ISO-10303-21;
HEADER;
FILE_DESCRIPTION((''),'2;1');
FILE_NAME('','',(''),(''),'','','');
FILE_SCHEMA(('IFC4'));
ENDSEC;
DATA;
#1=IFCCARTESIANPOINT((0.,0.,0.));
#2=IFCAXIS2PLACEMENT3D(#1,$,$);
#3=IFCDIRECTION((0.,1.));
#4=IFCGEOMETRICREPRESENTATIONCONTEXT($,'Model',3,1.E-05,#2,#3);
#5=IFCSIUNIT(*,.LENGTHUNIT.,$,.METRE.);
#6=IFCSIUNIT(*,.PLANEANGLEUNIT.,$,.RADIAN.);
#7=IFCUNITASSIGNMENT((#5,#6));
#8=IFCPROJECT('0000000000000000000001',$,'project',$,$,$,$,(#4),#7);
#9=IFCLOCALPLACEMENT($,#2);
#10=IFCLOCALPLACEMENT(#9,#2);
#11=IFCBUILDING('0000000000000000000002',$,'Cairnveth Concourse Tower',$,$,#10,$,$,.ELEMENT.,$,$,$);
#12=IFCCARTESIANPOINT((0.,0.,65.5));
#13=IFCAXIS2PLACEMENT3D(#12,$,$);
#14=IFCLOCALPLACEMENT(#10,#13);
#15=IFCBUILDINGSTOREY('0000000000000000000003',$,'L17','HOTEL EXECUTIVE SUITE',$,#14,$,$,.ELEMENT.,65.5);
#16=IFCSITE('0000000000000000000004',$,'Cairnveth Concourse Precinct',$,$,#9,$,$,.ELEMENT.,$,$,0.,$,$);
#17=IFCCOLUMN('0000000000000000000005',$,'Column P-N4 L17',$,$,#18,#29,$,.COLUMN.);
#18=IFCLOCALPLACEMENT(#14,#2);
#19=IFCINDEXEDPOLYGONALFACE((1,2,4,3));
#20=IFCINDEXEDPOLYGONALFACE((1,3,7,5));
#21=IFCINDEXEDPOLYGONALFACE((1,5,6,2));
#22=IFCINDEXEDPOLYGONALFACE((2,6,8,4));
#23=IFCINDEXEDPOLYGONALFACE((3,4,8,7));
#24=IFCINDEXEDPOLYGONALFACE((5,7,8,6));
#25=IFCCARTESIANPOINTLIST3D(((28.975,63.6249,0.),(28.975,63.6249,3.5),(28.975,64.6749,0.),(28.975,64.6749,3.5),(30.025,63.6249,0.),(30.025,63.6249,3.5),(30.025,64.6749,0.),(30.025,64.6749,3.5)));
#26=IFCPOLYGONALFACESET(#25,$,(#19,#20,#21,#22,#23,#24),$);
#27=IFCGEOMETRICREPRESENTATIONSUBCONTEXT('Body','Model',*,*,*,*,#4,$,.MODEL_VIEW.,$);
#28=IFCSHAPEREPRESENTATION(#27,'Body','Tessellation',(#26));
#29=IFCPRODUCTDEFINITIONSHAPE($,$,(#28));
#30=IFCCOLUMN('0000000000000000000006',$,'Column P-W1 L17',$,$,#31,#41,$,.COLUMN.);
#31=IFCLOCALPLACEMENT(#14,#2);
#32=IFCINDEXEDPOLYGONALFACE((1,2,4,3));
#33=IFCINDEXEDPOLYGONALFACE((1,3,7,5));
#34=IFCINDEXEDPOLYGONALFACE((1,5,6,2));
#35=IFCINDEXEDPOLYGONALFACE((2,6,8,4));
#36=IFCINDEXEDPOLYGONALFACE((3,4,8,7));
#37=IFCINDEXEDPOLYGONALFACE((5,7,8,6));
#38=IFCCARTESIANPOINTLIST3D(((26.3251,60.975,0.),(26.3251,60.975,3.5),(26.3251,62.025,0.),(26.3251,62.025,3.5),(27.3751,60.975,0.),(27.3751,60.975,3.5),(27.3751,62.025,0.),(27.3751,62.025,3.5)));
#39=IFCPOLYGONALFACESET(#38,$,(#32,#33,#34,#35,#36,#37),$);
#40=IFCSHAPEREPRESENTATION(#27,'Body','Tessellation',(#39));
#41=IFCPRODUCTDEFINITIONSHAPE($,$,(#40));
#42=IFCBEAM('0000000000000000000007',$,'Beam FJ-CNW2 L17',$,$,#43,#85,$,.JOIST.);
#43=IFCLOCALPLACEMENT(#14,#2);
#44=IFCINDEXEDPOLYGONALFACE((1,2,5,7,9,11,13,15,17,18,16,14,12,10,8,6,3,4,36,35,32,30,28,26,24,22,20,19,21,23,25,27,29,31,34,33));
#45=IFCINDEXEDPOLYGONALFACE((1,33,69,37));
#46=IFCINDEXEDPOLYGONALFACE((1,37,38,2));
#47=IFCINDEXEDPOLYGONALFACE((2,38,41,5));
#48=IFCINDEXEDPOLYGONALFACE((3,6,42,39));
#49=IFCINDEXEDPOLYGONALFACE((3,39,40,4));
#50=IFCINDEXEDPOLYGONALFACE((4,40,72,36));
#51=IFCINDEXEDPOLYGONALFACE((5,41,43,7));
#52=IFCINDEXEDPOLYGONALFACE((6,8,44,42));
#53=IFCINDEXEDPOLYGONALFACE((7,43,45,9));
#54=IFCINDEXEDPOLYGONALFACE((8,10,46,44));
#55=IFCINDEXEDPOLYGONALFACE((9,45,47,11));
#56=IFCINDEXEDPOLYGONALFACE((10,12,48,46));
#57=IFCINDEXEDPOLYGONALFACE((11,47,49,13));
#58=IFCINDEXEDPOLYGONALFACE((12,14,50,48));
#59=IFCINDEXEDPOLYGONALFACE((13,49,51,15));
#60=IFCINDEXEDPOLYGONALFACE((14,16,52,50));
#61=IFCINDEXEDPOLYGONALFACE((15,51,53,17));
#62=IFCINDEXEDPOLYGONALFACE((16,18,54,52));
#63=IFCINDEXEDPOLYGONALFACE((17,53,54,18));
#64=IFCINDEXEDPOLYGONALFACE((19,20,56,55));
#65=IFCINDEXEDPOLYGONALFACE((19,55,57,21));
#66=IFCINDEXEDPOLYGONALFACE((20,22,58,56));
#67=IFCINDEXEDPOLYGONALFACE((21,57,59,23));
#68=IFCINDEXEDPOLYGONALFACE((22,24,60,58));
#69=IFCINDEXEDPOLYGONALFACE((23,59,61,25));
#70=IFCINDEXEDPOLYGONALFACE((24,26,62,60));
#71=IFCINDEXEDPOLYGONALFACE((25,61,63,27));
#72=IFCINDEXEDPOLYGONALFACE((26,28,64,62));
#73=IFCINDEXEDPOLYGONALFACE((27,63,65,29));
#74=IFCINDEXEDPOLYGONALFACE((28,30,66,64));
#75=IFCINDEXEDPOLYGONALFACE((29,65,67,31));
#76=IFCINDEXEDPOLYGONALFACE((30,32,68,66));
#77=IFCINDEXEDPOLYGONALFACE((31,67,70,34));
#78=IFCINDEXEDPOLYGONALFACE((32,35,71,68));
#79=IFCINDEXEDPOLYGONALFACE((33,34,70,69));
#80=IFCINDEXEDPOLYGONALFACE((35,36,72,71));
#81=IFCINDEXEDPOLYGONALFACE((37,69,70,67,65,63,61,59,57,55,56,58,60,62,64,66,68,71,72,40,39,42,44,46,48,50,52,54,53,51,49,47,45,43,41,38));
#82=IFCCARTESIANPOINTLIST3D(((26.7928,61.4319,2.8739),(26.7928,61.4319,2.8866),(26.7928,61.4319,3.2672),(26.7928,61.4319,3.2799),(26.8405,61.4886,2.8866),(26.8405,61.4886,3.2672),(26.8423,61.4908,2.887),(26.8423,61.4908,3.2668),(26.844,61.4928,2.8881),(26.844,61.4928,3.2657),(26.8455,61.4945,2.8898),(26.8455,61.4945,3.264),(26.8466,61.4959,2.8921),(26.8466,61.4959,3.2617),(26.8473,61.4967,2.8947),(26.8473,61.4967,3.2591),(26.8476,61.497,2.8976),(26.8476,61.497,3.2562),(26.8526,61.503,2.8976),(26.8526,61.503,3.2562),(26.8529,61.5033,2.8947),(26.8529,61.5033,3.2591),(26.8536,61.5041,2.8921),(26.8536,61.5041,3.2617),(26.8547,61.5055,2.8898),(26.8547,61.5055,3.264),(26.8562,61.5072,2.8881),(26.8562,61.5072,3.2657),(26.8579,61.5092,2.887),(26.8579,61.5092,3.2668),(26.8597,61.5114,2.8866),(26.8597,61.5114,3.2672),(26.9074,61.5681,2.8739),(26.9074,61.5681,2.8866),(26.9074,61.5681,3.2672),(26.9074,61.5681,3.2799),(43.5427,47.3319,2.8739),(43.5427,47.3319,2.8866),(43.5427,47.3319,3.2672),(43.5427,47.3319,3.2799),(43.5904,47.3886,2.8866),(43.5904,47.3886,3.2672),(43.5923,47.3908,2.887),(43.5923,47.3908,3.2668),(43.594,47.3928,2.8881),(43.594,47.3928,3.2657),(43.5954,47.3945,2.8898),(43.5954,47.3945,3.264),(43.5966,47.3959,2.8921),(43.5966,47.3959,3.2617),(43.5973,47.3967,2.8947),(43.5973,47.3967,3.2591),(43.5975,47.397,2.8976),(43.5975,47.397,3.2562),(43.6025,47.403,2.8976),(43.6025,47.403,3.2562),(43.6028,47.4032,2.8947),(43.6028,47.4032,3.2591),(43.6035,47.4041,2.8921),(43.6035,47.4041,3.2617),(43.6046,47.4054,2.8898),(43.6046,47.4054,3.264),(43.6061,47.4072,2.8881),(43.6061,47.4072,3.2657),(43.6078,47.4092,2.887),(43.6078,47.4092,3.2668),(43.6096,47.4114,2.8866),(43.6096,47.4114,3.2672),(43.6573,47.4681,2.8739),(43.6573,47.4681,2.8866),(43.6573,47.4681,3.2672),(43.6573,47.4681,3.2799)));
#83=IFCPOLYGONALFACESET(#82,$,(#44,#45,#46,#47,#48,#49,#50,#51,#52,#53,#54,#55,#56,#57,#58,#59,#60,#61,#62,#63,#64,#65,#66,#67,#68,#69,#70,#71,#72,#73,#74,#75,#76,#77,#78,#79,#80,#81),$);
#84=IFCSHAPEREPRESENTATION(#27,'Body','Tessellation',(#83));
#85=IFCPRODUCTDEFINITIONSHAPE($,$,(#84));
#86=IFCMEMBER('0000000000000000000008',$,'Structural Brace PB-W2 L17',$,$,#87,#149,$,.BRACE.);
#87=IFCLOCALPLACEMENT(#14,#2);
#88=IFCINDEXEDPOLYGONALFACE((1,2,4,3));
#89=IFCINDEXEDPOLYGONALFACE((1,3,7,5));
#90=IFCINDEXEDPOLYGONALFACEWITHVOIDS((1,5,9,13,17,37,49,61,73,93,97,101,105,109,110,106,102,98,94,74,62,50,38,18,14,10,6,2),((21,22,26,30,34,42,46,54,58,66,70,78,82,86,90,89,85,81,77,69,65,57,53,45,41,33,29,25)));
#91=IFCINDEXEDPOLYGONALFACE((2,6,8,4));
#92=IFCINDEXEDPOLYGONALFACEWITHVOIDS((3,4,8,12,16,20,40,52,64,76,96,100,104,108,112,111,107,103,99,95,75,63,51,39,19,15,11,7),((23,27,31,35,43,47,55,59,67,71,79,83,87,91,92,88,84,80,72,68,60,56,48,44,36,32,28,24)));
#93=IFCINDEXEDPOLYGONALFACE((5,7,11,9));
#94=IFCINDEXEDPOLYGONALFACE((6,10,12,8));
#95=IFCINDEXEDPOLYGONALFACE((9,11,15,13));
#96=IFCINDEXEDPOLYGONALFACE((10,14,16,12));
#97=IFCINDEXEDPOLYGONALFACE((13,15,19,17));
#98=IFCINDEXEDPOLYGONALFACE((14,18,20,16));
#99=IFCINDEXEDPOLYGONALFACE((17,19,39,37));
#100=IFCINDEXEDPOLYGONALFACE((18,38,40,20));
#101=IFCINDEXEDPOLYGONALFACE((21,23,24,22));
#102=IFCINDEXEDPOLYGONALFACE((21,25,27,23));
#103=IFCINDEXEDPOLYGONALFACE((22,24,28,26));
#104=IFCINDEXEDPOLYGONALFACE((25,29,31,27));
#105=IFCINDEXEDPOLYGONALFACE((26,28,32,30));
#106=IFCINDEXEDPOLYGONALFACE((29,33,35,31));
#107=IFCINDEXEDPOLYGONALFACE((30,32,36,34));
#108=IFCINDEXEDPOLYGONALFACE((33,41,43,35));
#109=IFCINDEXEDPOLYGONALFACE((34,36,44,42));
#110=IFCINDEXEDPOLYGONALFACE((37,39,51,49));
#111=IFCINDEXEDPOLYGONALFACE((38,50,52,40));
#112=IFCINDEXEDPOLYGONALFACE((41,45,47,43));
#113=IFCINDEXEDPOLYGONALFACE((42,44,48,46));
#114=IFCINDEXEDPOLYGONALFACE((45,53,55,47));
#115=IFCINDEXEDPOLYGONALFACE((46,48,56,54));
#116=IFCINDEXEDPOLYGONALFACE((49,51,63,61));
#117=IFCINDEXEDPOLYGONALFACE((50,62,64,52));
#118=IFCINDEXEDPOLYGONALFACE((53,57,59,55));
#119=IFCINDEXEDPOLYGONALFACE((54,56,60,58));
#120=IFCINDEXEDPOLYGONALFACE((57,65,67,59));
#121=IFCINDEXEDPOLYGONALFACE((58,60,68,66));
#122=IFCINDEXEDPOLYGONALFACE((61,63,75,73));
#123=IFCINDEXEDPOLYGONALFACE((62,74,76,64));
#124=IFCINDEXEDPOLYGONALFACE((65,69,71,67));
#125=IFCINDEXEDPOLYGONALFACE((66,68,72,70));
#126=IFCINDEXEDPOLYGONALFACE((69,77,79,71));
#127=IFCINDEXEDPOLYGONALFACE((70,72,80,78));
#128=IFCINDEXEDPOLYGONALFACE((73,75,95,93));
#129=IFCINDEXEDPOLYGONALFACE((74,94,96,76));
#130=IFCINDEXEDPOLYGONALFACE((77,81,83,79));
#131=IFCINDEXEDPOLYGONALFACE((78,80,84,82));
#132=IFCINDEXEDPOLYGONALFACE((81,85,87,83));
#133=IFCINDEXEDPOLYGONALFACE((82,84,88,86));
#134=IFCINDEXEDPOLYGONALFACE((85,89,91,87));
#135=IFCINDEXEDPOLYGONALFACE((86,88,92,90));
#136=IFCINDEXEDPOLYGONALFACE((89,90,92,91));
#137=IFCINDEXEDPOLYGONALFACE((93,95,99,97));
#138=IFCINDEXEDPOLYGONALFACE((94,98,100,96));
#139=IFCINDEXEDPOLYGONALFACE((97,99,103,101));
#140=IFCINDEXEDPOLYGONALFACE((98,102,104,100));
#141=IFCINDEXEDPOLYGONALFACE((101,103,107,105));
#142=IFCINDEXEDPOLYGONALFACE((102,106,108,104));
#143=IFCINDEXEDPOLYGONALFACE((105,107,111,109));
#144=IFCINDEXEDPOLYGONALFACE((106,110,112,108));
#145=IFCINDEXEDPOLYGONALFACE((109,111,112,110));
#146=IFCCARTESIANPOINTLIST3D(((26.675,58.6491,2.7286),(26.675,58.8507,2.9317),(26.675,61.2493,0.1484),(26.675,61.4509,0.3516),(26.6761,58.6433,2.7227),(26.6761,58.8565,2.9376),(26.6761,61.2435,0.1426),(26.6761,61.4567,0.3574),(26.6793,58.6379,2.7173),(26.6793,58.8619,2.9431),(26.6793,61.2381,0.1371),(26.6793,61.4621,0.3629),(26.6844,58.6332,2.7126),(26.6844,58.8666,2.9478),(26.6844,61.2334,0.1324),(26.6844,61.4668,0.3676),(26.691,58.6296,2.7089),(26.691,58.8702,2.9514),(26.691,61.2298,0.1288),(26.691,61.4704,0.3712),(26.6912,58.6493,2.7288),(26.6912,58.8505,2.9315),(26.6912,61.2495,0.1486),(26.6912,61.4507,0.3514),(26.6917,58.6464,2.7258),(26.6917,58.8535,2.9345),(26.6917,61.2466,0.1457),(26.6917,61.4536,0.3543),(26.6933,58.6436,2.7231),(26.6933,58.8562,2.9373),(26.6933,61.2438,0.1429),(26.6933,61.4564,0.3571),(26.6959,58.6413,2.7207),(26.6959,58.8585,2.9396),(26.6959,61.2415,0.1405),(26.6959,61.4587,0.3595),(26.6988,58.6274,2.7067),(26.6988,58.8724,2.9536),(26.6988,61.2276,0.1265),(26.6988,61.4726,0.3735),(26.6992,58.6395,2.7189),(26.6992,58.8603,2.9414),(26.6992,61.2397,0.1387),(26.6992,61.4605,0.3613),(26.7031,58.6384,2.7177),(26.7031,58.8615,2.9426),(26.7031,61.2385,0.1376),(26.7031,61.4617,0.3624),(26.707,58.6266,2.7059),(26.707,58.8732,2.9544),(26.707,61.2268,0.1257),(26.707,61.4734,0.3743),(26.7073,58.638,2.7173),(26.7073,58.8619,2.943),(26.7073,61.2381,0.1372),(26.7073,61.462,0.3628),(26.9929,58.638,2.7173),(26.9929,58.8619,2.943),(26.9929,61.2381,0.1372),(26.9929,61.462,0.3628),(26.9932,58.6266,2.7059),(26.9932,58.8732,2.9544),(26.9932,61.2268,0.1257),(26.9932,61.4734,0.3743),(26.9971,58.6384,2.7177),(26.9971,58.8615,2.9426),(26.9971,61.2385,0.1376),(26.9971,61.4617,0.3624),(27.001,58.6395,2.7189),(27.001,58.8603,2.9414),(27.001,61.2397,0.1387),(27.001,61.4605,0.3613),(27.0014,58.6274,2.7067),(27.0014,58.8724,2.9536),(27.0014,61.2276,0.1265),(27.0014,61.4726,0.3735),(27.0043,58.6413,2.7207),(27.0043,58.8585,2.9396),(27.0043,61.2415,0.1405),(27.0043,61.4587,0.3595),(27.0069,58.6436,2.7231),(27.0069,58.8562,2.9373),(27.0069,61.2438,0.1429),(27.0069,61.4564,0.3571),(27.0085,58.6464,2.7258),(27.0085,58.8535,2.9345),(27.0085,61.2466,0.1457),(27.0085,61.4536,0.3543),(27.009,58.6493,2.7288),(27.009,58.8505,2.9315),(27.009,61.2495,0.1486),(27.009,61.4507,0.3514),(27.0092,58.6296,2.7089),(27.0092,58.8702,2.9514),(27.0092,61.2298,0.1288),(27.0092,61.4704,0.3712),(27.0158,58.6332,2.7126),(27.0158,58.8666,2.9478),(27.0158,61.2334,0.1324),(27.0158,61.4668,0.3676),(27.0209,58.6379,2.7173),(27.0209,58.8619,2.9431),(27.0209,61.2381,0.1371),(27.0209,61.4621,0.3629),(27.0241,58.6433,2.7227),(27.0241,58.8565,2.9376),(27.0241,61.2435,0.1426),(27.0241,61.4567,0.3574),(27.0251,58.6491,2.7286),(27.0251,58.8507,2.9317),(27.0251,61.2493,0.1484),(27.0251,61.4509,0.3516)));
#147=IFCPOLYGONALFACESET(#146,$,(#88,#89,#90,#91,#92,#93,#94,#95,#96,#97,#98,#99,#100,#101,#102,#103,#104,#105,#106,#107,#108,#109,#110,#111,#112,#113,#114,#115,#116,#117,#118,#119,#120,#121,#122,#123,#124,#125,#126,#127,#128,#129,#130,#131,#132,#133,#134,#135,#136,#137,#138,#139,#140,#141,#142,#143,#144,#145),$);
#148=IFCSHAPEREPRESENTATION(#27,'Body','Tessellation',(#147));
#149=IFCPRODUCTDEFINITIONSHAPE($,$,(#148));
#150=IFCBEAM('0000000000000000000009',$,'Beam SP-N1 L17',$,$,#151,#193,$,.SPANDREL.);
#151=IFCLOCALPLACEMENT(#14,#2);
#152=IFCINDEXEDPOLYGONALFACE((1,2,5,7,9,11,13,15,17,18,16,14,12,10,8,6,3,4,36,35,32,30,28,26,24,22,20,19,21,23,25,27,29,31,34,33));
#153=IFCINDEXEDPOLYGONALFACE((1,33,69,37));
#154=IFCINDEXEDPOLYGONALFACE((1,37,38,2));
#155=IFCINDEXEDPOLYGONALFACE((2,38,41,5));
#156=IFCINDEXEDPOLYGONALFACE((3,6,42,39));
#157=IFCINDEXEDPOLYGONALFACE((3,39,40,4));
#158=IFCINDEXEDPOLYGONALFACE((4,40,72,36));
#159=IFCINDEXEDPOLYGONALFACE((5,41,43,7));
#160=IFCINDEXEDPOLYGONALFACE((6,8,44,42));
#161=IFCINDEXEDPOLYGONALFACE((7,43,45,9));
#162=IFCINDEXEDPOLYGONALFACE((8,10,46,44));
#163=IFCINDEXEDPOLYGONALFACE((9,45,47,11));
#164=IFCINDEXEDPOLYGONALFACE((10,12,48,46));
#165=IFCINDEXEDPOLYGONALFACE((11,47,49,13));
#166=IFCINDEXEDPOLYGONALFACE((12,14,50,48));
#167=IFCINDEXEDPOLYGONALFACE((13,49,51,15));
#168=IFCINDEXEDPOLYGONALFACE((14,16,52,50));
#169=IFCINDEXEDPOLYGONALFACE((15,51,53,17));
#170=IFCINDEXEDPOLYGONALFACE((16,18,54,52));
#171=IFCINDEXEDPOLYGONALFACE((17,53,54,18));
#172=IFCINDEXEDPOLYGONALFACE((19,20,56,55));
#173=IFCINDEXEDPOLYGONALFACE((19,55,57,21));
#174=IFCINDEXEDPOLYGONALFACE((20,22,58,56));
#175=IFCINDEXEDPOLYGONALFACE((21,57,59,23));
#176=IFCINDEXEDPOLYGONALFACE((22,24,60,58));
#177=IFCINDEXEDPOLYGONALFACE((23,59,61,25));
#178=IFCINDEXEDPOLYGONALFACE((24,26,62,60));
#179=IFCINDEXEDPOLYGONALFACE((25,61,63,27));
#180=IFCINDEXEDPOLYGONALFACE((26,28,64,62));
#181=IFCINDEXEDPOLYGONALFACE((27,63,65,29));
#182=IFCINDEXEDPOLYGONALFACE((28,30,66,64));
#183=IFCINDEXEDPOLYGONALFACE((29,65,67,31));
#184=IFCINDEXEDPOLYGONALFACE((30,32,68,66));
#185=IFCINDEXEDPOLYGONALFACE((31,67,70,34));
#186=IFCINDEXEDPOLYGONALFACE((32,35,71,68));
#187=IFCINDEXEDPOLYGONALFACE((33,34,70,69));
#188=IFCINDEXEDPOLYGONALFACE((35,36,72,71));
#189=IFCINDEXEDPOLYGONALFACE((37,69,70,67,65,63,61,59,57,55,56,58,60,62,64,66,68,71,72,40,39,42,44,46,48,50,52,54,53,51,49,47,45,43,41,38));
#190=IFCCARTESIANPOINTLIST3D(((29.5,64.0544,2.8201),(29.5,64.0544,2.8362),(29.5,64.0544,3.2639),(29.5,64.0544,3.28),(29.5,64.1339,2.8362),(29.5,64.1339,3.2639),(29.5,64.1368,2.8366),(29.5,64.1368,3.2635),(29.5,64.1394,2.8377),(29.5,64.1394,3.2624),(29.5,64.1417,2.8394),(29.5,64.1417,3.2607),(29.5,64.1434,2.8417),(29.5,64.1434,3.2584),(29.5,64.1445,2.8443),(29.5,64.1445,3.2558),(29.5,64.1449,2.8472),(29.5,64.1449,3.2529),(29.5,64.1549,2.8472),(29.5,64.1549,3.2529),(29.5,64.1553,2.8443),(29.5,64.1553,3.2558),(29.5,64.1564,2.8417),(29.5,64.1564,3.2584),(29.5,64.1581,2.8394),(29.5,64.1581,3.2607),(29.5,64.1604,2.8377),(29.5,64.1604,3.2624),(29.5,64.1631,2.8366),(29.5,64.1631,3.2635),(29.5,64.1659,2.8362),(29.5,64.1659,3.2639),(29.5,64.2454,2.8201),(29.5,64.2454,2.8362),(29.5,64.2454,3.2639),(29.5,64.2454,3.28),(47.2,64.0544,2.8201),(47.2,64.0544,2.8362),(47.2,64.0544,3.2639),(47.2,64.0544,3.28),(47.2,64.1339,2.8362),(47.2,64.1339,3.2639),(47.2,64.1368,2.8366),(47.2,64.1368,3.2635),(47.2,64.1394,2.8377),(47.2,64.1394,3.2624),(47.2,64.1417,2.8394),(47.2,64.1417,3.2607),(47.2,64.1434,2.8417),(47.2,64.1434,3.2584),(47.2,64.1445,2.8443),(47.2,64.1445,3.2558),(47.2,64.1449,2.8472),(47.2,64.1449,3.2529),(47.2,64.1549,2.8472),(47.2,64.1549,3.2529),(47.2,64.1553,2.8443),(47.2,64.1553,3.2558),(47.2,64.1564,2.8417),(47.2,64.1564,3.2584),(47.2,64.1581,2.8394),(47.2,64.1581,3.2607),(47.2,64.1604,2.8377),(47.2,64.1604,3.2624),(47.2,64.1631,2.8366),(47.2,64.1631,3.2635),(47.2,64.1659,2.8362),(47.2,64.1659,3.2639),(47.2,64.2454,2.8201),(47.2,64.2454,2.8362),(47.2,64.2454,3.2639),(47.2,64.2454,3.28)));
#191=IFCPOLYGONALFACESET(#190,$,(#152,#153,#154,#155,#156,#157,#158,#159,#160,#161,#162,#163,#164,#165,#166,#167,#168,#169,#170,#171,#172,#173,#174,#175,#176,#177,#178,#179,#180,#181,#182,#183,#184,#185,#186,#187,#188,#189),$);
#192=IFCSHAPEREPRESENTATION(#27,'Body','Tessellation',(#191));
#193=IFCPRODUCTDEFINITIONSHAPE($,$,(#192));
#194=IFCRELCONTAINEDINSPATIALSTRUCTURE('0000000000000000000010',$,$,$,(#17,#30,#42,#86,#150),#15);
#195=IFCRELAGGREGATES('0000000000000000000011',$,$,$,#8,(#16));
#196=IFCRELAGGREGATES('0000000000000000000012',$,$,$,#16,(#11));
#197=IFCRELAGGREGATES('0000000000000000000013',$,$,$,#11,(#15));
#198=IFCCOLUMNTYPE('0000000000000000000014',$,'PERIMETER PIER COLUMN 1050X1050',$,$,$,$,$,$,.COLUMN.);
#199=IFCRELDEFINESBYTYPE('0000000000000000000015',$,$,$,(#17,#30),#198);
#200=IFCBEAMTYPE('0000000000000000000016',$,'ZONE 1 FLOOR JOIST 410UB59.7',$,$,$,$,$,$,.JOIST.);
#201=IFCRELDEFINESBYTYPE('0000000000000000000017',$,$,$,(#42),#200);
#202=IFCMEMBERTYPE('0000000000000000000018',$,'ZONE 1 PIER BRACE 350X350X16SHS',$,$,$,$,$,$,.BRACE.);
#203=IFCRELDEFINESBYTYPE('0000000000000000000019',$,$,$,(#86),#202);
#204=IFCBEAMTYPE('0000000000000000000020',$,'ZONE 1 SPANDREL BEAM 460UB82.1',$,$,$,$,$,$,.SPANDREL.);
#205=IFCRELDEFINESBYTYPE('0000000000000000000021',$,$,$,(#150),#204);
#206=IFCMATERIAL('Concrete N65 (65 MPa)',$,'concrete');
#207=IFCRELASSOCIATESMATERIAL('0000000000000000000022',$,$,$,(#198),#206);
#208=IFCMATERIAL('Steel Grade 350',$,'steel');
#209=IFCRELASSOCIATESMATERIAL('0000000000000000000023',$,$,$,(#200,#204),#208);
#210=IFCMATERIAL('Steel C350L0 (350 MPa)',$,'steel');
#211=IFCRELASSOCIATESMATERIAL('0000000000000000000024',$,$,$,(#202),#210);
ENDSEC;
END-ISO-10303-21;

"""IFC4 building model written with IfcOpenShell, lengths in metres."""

from ifc_helpers import new_model, si_unit, direction, frame, origin, origin_2d, place, context, subcontext, project, spatial, rectangle, hollow_rectangle, i_section, extrude, material, material_profile, profile_set, type_object, element, save


model = new_model("IFC4")

# Units and contexts
model_context = context("Model", 3, precision=1e-05, world=origin(), true_north=direction((0.0, 1.0)))
body_context = subcontext(model_context, "Body", "Model", "MODEL_VIEW")
ifc_project = project(units=[si_unit("LENGTHUNIT", "METRE"), si_unit("PLANEANGLEUNIT", "RADIAN")], contexts=[model_context])

# Site, building, storey
site_placement = place(None, origin())
site = spatial("IfcSite", under=ifc_project, at=site_placement, Name="Cairnveth Concourse Precinct", CompositionType="ELEMENT", RefElevation=0.0)
building_placement = place(site_placement, origin())
building = spatial("IfcBuilding", under=site, at=building_placement, Name="Cairnveth Concourse Tower", CompositionType="ELEMENT")
storey_placement = place(building_placement, frame((0.0, 0.0, 65.5)))
storey = spatial("IfcBuildingStorey", under=building, at=storey_placement, Name="L17", Description="HOTEL EXECUTIVE SUITE", CompositionType="ELEMENT", Elevation=65.5)

# Columns
ifc_material_1 = material(Name="Concrete N65 (65 MPa)", Category="concrete")
ifc_material_profile_1 = material_profile(ifc_material_1, rectangle(XDim=1.05, YDim=1.05, at=origin_2d()), Name="RC-COL-1050x1050")
ifc_profile_set_1 = profile_set([ifc_material_profile_1], Name="Concrete N65 (65 MPa)")
column_type = type_object("IfcColumnType", Name="PERIMETER PIER COLUMN 1050X1050", PredefinedType="COLUMN", material=ifc_profile_set_1)
for number, where, z_axis, x_axis, name in (
    (1, (29.5, 64.1499, 0.0), (0.0, 0.0, 1.0), (1.0, 0.0, 0.0), "Column P-N4 L17"),
    (2, (26.8501, 61.5, 0.0), (0.0, 0.0, 1.0), (0.0, 1.0, 0.0), "Column P-W1 L17"),
):
    element("IfcColumn", number, at=place(storey_placement, frame(where, z_axis=z_axis, x_axis=x_axis)), inside=storey, type_object=column_type, Name=name, PredefinedType="COLUMN", context=body_context, shape_type="SweptSolid", body=[
        extrude(rectangle(XDim=1.05, YDim=1.05, at=origin_2d()), origin(), (0.0, 0.0, 1.0), 3.5),
    ])

# Beam
ifc_material_2 = material(Name="Steel Grade 350", Category="steel")
ifc_material_profile_2 = material_profile(ifc_material_2, i_section(OverallWidth=0.178, OverallDepth=0.406, WebThickness=0.0078, FlangeThickness=0.0127, FilletRadius=0.011, at=origin_2d()), Name="410UB59.7")
ifc_profile_set_2 = profile_set([ifc_material_profile_2], Name="Steel Grade 350")
beam_type_1 = type_object("IfcBeamType", Name="ZONE 1 FLOOR JOIST 410UB59.7", PredefinedType="JOIST", material=ifc_profile_set_2)
beam_1_placement = place(storey_placement, frame((26.8501, 61.5, 3.0769), z_axis=(0.765027, -0.643998, 0.0), x_axis=(0.643998, 0.765027, 0.0)))
element("IfcBeam", 3, at=beam_1_placement, inside=storey, type_object=beam_type_1, Name="Beam FJ-CNW2 L17", PredefinedType="JOIST", context=body_context, shape_type="SweptSolid", body=[
    extrude(i_section(OverallWidth=0.178, OverallDepth=0.406, WebThickness=0.0078, FlangeThickness=0.0127, FilletRadius=0.011, at=origin_2d()), origin(), (0.0, 0.0, 1.0), 21.8945),
])

# Member
ifc_material_3 = material(Name="Steel C350L0 (350 MPa)", Category="steel")
ifc_material_profile_3 = material_profile(ifc_material_3, hollow_rectangle(XDim=0.3501, YDim=0.3501, WallThickness=0.0161, InnerFilletRadius=0.0161, OuterFilletRadius=0.032, at=origin_2d()), Name="350x350x16.0SHS")
ifc_profile_set_3 = profile_set([ifc_material_profile_3], Name="Steel C350L0 (350 MPa)")
member_type = type_object("IfcMemberType", Name="ZONE 1 PIER BRACE 350X350X16SHS", PredefinedType="BRACE", material=ifc_profile_set_3)
member_placement = place(storey_placement, frame((26.8501, 61.3501, 0.25), z_axis=(0.0, -0.709834, 0.704369), x_axis=(1.0, 0.0, 0.0)))
element("IfcMember", 4, at=member_placement, inside=storey, type_object=member_type, Name="Structural Brace PB-W2 L17", PredefinedType="BRACE", context=body_context, shape_type="SweptSolid", body=[
    extrude(hollow_rectangle(XDim=0.3501, YDim=0.3501, WallThickness=0.0161, InnerFilletRadius=0.0161, OuterFilletRadius=0.032, at=origin_2d()), origin(), (0.0, 0.0, 1.0), 3.6631),
])

# Beam
ifc_material_profile_4 = material_profile(ifc_material_2, i_section(OverallWidth=0.1909, OverallDepth=0.46, WebThickness=0.01, FlangeThickness=0.0161, FilletRadius=0.011, at=origin_2d()), Name="460UB82.1")
ifc_profile_set_4 = profile_set([ifc_material_profile_4], Name="Steel Grade 350")
beam_type_2 = type_object("IfcBeamType", Name="ZONE 1 SPANDREL BEAM 460UB82.1", PredefinedType="SPANDREL", material=ifc_profile_set_4)
beam_2_placement = place(storey_placement, frame((29.5, 64.1499, 3.05), z_axis=(1.0, 0.0, 0.0), x_axis=(0.0, 1.0, 0.0)))
element("IfcBeam", 5, at=beam_2_placement, inside=storey, type_object=beam_type_2, Name="Beam SP-N1 L17", PredefinedType="SPANDREL", context=body_context, shape_type="SweptSolid", body=[
    extrude(i_section(OverallWidth=0.1909, OverallDepth=0.46, WebThickness=0.01, FlangeThickness=0.0161, FilletRadius=0.011, at=origin_2d()), origin(), (0.0, 0.0, 1.0), 17.7),
])

save(model, "model.ifc")
